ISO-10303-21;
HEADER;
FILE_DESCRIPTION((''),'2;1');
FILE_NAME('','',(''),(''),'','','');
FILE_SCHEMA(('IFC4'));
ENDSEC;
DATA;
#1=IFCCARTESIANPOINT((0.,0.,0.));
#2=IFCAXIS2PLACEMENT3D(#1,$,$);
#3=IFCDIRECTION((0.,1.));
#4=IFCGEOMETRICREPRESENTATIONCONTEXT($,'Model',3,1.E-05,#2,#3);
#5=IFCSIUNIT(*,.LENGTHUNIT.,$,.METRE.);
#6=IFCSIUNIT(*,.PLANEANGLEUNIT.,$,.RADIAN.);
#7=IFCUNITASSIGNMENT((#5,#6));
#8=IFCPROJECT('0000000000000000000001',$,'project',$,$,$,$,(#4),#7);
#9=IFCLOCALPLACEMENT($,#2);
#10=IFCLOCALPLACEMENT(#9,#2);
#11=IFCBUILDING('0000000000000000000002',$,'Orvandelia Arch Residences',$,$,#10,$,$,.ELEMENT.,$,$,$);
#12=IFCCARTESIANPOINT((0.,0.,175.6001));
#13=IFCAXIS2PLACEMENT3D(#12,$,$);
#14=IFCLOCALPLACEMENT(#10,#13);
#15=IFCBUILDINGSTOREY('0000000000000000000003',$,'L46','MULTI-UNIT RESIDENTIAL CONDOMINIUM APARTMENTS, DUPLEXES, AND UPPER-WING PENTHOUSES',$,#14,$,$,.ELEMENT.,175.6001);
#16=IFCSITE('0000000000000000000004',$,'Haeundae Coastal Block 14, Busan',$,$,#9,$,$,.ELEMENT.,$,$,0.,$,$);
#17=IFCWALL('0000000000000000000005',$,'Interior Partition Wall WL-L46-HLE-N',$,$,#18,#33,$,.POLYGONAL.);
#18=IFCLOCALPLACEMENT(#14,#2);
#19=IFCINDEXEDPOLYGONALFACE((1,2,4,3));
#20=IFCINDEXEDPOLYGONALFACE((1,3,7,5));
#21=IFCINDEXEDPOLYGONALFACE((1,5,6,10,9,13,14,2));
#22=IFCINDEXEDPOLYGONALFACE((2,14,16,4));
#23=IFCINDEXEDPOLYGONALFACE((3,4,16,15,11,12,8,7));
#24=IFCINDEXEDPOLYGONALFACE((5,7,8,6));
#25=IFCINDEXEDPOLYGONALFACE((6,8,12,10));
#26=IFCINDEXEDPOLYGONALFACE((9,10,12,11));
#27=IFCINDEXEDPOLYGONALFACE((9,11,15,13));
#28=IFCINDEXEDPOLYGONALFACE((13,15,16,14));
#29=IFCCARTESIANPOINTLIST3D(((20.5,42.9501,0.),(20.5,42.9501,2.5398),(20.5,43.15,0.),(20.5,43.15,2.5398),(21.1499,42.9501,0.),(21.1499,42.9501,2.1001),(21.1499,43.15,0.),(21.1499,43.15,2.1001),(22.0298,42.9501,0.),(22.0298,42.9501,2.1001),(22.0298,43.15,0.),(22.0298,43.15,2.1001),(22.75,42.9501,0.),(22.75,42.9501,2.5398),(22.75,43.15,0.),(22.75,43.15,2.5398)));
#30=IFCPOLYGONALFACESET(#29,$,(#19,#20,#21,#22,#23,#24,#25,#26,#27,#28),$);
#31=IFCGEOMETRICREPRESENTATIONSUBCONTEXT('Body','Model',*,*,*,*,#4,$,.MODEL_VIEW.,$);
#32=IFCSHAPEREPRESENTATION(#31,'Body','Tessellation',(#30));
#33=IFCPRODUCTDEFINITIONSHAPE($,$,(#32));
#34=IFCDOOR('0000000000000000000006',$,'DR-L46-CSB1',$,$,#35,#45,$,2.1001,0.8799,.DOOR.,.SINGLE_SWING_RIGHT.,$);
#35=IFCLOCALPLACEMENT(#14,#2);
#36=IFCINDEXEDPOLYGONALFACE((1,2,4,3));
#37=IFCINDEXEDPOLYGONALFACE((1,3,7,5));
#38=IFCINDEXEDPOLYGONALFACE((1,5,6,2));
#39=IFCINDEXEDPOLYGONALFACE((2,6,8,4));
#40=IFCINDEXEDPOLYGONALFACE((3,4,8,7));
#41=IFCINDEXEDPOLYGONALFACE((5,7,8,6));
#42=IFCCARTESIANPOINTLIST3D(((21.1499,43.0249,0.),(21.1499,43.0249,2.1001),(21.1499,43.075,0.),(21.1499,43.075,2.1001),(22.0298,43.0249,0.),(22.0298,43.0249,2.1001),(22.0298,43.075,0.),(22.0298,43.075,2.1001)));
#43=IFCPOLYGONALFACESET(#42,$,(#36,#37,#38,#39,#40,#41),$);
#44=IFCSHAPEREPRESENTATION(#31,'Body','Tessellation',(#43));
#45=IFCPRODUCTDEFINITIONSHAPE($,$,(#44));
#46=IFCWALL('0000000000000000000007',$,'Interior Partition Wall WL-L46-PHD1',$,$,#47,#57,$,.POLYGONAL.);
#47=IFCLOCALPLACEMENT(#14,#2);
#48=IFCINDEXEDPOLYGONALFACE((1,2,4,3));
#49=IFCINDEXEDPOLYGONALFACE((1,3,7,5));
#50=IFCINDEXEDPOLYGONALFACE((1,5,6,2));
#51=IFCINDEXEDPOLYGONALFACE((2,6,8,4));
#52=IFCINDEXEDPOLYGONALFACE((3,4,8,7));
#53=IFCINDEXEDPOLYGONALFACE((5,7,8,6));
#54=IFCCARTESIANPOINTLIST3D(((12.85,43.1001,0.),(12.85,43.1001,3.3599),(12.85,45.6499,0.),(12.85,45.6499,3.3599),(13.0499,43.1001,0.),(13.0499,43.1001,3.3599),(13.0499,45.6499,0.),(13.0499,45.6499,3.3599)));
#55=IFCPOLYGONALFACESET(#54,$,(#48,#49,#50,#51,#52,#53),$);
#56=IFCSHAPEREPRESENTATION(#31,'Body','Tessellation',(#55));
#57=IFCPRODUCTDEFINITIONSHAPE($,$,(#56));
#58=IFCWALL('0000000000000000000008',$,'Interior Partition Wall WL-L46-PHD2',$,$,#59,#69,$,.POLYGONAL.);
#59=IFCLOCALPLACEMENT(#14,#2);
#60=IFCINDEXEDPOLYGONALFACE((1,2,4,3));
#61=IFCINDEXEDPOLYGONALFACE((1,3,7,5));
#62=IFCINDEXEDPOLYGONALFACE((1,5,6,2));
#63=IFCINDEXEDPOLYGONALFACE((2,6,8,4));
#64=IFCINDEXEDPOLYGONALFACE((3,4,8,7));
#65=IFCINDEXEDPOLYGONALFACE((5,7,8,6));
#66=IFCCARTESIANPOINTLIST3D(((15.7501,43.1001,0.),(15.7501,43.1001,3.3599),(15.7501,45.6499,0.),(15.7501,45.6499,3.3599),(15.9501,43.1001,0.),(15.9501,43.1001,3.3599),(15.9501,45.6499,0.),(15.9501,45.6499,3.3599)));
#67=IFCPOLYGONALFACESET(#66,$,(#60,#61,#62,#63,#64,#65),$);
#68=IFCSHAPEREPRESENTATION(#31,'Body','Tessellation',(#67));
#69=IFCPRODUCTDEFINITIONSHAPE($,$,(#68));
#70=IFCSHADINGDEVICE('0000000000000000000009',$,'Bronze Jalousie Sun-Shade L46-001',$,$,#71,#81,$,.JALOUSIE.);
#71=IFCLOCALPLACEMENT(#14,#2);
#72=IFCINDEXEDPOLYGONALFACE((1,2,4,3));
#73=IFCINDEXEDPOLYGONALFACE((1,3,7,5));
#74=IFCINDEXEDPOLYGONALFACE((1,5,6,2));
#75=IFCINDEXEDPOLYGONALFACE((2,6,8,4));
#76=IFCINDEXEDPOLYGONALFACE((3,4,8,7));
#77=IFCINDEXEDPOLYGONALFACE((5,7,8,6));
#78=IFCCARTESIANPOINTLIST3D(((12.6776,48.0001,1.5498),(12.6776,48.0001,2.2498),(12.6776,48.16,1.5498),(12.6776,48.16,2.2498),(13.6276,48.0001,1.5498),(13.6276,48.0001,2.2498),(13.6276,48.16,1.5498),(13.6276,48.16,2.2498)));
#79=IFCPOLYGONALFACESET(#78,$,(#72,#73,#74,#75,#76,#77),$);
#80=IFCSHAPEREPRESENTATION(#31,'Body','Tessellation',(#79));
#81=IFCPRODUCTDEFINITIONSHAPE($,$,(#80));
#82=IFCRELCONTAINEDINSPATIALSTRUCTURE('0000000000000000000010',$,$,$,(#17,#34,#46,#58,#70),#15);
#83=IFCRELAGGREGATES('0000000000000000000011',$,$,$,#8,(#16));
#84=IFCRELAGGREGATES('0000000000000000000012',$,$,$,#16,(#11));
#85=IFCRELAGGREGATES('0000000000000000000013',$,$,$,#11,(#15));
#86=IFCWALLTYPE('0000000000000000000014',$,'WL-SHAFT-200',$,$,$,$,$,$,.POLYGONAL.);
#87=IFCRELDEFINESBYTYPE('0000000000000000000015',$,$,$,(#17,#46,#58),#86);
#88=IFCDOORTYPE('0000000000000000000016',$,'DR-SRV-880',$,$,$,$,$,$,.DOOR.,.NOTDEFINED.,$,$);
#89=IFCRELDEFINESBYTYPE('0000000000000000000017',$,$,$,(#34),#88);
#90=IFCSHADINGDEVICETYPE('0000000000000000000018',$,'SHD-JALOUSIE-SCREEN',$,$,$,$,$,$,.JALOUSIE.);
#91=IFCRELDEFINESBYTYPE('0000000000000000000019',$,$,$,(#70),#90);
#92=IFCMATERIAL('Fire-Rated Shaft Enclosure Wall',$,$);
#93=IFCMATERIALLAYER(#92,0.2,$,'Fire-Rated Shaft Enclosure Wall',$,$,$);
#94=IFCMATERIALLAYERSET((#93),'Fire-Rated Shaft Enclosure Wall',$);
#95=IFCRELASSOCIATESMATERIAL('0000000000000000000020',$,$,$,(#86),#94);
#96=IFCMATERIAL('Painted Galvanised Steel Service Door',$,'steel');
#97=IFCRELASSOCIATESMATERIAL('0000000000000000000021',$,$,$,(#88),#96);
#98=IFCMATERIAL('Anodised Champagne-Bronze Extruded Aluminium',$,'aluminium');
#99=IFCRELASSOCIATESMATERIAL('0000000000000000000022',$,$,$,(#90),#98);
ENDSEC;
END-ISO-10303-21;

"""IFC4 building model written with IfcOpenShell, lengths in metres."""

from ifc_helpers import new_model, si_unit, direction, frame, frame_2d, origin, origin_2d, place, context, subcontext, project, spatial, rectangle, extrude, material, layer, layer_set, type_object, element, fill, save


model = new_model("IFC4")

# Units and contexts
model_context = context("Model", 3, precision=1e-05, world=origin(), true_north=direction((0.0, 1.0)))
body_context = subcontext(model_context, "Body", "Model", "MODEL_VIEW")
ifc_project = project(units=[si_unit("LENGTHUNIT", "METRE"), si_unit("PLANEANGLEUNIT", "RADIAN")], contexts=[model_context])

# Site, building, storey
site_placement = place(None, origin())
site = spatial("IfcSite", under=ifc_project, at=site_placement, Name="Haeundae Coastal Block 14, Busan", CompositionType="ELEMENT", RefElevation=0.0)
building_placement = place(site_placement, origin())
building = spatial("IfcBuilding", under=site, at=building_placement, Name="Orvandelia Arch Residences", CompositionType="ELEMENT")
storey_placement = place(building_placement, frame((0.0, 0.0, 175.6001)))
storey = spatial("IfcBuildingStorey", under=building, at=storey_placement, Name="L46", Description="MULTI-UNIT RESIDENTIAL CONDOMINIUM APARTMENTS, DUPLEXES, AND UPPER-WING PENTHOUSES", CompositionType="ELEMENT", Elevation=175.6001)

# Shared definitions
ifc_material_1 = material(Name="Fire-Rated Shaft Enclosure Wall")
ifc_layer_1 = layer(ifc_material_1, 0.2, Name="Fire-Rated Shaft Enclosure Wall")
ifc_layer_set_1 = layer_set([ifc_layer_1], Name="Fire-Rated Shaft Enclosure Wall")
wall_type_1 = type_object("IfcWallType", Name="WL-SHAFT-200", PredefinedType="POLYGONAL", material=ifc_layer_set_1)

# Shared definitions
ifc_material_2 = material(Name="Painted Galvanised Steel Service Door", Category="steel")
door_type_1 = type_object("IfcDoorType", Name="DR-SRV-880", OperationType="NOTDEFINED", PredefinedType="DOOR", material=ifc_material_2)

# Wall, opening, door
wall_1_placement = place(storey_placement, frame((20.5, 43.05, 0.0), z_axis=(0.0, 0.0, 1.0), x_axis=(1.0, 0.0, 0.0)))
wall_1 = element("IfcWall", 1, at=wall_1_placement, inside=storey, type_object=wall_type_1, Name="Interior Partition Wall WL-L46-HLE-N", PredefinedType="POLYGONAL", context=body_context, shape_type="SweptSolid", body=[
    extrude(rectangle(XDim=2.25, YDim=0.2, at=frame_2d((1.125, 0.0))), origin(), (0.0, 0.0, 1.0), 2.5398),
])
opening_1_placement = place(wall_1_placement, frame((0.6499, 0.0, 0.0)))
opening_1 = element("IfcOpeningElement", 2, at=opening_1_placement, cuts=wall_1, PredefinedType="OPENING", context=body_context, shape_type="SweptSolid", body=[
    extrude(rectangle(XDim=0.8799, YDim=2.1001, at=frame_2d((0.4399, 1.05))), frame((0.0, 0.1099, 0.0), z_axis=(0.0, -1.0, 0.0), x_axis=(1.0, 0.0, 0.0)), (0.0, 0.0, 1.0), 0.22),
])
door_1_placement = place(opening_1_placement, origin())
door_1 = element("IfcDoor", 3, at=door_1_placement, inside=storey, type_object=door_type_1, Name="DR-L46-CSB1", OperationType="SINGLE_SWING_RIGHT", OverallHeight=2.1001, OverallWidth=0.8799, PredefinedType="DOOR", context=body_context, shape_type="SweptSolid", body=[
    extrude(rectangle(XDim=0.8799, YDim=2.1001, at=frame_2d((0.4399, 1.05))), frame((0.0, 0.0249, 0.0), z_axis=(0.0, -1.0, 0.0), x_axis=(1.0, 0.0, 0.0)), (0.0, 0.0, 1.0), 0.05),
])
fill(opening_1, door_1)

# Walls
for number, where, z_axis, x_axis, name in (
    (4, (12.95, 43.1001, 0.0), (0.0, 0.0, 1.0), (0.0, 1.0, 0.0), "Interior Partition Wall WL-L46-PHD1"),
    (5, (15.8501, 43.1001, 0.0), (0.0, 0.0, 1.0), (0.0, 1.0, 0.0), "Interior Partition Wall WL-L46-PHD2"),
):
    element("IfcWall", number, at=place(storey_placement, frame(where, z_axis=z_axis, x_axis=x_axis)), inside=storey, type_object=wall_type_1, Name=name, PredefinedType="POLYGONAL", context=body_context, shape_type="SweptSolid", body=[
        extrude(rectangle(XDim=2.5498, YDim=0.2, at=frame_2d((1.2749, 0.0))), origin(), (0.0, 0.0, 1.0), 3.3599),
    ])

# Shading device
ifc_material_3 = material(Name="Anodised Champagne-Bronze Extruded Aluminium", Category="aluminium")
shading_device_type = type_object("IfcShadingDeviceType", Name="SHD-JALOUSIE-SCREEN", PredefinedType="JALOUSIE", material=ifc_material_3)
shading_device_placement = place(storey_placement, frame((13.1526, 48.0801, 1.5498), z_axis=(0.0, 0.0, 1.0), x_axis=(1.0, 0.0, 0.0)))
element("IfcShadingDevice", 6, at=shading_device_placement, inside=storey, type_object=shading_device_type, Name="Bronze Jalousie Sun-Shade L46-001", PredefinedType="JALOUSIE", context=body_context, shape_type="SweptSolid", body=[
    extrude(rectangle(XDim=0.95, YDim=0.1599, at=origin_2d()), origin(), (0.0, 0.0, 1.0), 0.7),
])

save(model, "model.ifc")
